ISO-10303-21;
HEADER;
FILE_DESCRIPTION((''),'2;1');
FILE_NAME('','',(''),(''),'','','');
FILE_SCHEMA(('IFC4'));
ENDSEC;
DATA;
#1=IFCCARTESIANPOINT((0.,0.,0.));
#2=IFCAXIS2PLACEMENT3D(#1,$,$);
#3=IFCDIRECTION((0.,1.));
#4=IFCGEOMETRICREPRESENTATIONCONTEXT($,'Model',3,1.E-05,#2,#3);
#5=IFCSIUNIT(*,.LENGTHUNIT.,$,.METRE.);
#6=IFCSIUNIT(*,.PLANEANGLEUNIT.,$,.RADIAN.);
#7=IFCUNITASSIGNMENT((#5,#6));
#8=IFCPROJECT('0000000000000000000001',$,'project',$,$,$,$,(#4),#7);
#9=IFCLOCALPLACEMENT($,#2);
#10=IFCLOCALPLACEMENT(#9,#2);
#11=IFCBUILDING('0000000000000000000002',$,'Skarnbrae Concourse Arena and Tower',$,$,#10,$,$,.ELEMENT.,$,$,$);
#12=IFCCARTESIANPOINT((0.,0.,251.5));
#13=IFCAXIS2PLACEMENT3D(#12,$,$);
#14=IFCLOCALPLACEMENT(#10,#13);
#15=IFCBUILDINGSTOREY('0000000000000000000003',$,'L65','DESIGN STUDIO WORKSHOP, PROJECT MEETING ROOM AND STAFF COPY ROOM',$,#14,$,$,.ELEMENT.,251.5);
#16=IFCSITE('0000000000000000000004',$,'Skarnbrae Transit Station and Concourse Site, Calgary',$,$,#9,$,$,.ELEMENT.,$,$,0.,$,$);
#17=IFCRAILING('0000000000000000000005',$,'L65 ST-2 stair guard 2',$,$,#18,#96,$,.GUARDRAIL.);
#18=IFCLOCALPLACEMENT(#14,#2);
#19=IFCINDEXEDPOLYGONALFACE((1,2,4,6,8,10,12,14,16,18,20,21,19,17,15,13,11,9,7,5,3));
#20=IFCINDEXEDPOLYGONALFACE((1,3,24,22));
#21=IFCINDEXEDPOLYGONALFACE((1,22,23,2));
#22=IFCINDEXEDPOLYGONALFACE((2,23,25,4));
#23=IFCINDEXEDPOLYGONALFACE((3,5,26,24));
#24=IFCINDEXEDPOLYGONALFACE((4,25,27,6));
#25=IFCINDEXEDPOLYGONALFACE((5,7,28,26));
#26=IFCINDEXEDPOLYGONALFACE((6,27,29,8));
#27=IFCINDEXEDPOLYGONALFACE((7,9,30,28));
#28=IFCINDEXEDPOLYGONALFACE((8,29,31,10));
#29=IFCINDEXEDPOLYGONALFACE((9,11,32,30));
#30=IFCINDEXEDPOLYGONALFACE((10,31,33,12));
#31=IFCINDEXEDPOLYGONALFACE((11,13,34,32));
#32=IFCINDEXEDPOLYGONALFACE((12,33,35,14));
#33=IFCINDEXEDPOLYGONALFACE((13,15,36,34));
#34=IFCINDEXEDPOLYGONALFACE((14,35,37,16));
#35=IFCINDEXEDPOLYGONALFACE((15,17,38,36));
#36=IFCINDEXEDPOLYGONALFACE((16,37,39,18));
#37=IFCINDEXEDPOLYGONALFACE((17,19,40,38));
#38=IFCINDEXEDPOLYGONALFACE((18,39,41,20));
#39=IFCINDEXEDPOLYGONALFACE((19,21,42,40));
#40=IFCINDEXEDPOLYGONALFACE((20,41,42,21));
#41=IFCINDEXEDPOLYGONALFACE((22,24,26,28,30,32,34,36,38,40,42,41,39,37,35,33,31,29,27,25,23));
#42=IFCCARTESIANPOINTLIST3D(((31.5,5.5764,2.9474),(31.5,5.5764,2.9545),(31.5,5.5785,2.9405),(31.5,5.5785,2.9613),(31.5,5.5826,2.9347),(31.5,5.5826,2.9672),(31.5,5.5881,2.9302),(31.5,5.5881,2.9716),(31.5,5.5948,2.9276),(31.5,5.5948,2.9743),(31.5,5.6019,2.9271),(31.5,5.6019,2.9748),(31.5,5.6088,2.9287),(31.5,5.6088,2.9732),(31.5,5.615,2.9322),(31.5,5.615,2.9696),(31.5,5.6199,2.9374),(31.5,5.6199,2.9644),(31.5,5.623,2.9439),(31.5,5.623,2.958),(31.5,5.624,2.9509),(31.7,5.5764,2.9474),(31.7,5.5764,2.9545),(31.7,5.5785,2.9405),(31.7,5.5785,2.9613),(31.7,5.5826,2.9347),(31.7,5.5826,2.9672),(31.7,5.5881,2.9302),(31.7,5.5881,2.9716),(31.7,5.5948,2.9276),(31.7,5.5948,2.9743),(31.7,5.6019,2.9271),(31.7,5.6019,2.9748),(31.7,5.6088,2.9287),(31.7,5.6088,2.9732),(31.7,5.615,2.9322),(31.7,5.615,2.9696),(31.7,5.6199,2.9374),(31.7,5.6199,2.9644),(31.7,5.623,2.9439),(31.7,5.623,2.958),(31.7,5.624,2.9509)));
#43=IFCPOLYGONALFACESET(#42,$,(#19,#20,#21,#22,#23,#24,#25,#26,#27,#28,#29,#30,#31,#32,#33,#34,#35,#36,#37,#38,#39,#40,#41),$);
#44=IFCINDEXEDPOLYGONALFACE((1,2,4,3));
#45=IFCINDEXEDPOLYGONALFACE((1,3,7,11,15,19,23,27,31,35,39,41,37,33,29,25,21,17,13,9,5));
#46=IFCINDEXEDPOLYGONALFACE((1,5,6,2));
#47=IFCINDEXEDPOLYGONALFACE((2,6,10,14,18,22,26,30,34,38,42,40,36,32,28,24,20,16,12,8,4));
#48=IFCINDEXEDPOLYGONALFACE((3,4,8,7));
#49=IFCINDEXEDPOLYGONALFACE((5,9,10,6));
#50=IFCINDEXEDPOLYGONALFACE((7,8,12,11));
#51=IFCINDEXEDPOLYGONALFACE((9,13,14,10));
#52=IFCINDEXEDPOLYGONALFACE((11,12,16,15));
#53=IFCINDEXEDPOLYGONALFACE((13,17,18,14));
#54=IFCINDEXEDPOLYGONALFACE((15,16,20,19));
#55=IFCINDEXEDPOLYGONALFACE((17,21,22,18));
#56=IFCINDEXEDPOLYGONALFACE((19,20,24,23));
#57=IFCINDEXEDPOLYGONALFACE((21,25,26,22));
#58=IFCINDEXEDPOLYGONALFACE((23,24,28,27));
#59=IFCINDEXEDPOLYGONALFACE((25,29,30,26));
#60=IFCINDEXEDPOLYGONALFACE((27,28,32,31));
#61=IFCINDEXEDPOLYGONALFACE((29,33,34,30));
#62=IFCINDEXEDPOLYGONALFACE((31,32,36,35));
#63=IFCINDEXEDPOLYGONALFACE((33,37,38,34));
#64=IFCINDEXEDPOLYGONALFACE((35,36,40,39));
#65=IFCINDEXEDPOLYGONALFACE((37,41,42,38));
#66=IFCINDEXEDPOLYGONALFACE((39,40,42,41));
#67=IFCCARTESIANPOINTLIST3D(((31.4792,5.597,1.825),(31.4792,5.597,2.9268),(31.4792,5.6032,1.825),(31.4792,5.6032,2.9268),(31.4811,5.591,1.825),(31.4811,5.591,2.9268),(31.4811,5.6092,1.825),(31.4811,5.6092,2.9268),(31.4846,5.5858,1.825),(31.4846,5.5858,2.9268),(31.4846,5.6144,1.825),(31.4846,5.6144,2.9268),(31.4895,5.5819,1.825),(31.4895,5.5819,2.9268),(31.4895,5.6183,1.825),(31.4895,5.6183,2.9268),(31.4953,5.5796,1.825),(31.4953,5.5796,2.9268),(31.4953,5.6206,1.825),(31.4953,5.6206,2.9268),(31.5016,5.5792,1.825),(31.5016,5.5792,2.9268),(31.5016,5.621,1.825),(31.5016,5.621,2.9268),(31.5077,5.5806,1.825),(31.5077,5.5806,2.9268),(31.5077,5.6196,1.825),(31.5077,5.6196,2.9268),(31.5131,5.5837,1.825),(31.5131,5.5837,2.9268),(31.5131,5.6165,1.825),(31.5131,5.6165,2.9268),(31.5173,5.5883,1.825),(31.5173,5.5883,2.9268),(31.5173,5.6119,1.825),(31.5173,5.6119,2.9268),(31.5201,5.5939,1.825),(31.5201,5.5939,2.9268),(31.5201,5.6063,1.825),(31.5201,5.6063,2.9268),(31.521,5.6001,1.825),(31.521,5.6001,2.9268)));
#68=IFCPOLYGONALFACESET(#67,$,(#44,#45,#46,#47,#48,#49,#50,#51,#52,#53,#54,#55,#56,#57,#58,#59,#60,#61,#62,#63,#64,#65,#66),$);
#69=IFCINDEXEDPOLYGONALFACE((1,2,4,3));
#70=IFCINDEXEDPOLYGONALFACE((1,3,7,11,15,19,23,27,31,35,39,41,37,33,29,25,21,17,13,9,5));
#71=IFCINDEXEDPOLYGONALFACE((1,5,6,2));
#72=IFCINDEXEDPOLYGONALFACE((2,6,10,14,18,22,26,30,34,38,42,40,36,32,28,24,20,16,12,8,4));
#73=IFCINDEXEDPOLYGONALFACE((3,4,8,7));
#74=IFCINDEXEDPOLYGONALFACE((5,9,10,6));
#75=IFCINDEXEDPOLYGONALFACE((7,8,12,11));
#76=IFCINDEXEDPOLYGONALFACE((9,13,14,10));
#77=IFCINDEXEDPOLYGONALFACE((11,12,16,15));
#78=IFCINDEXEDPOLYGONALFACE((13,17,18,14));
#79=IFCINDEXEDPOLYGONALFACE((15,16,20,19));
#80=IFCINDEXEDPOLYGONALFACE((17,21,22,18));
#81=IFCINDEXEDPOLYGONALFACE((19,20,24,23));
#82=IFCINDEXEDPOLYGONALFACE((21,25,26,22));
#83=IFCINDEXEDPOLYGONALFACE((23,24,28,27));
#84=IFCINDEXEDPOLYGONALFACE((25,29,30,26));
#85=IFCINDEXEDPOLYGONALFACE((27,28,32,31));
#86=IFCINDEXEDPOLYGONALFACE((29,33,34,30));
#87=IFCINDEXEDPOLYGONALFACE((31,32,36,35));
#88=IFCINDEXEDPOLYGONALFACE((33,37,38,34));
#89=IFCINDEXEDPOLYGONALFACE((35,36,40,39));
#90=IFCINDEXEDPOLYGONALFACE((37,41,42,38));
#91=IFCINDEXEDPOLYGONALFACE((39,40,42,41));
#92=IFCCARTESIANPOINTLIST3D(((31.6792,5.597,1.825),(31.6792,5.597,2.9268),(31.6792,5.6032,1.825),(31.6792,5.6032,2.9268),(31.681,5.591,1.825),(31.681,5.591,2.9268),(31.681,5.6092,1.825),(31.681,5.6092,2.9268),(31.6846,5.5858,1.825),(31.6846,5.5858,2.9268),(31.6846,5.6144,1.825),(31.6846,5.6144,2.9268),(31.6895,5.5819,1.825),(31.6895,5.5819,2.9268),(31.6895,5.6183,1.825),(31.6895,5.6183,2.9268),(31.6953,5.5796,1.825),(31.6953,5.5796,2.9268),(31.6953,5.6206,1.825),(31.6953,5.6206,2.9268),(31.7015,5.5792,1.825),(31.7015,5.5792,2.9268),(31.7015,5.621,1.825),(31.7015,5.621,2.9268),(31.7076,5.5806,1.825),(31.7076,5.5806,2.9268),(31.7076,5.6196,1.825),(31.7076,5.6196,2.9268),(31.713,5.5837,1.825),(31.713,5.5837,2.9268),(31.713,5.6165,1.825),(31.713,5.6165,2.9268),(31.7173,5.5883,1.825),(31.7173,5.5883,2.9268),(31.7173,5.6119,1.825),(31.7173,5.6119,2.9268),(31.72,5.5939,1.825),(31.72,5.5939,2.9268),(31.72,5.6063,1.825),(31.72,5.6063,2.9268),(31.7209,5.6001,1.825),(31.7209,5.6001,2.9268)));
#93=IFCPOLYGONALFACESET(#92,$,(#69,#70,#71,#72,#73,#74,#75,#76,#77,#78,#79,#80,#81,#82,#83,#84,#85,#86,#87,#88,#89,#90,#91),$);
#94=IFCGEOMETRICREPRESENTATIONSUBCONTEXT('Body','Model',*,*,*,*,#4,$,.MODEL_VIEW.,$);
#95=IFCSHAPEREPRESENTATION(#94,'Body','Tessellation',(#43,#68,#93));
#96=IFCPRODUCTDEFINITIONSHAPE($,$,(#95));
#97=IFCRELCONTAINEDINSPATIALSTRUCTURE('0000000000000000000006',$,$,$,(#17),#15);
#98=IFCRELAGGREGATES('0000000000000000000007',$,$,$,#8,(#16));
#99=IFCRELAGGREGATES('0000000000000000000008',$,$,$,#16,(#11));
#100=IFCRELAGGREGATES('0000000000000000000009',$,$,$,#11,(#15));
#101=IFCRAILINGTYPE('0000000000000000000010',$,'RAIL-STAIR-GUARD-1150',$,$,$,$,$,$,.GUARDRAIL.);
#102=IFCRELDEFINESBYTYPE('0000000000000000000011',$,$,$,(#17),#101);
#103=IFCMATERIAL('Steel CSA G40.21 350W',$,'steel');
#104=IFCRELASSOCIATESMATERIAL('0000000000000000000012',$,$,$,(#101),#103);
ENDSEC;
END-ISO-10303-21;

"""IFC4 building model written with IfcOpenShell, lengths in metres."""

from ifc_helpers import new_model, si_unit, direction, frame, origin, origin_2d, place, context, subcontext, project, spatial, circle, extrude, material, type_object, element, save


model = new_model("IFC4")

# Units and contexts
model_context = context("Model", 3, precision=1e-05, world=origin(), true_north=direction((0.0, 1.0)))
body_context = subcontext(model_context, "Body", "Model", "MODEL_VIEW")
ifc_project = project(units=[si_unit("LENGTHUNIT", "METRE"), si_unit("PLANEANGLEUNIT", "RADIAN")], contexts=[model_context])

# Site, building, storey
site_placement = place(None, origin())
site = spatial("IfcSite", under=ifc_project, at=site_placement, Name="Skarnbrae Transit Station and Concourse Site, Calgary", CompositionType="ELEMENT", RefElevation=0.0)
building_placement = place(site_placement, origin())
building = spatial("IfcBuilding", under=site, at=building_placement, Name="Skarnbrae Concourse Arena and Tower", CompositionType="ELEMENT")
storey_placement = place(building_placement, frame((0.0, 0.0, 251.5)))
storey = spatial("IfcBuildingStorey", under=building, at=storey_placement, Name="L65", Description="DESIGN STUDIO WORKSHOP, PROJECT MEETING ROOM AND STAFF COPY ROOM", CompositionType="ELEMENT", Elevation=251.5)

# Shared definitions
ifc_material_1 = material(Name="Steel CSA G40.21 350W", Category="steel")

# Railing
railing_type_1 = type_object("IfcRailingType", Name="RAIL-STAIR-GUARD-1150", PredefinedType="GUARDRAIL", material=ifc_material_1)
railing_1_placement = place(storey_placement, frame((31.5, 5.6001, 1.825)))
element("IfcRailing", 1, at=railing_1_placement, inside=storey, type_object=railing_type_1, Name="L65 ST-2 stair guard 2", PredefinedType="GUARDRAIL", context=body_context, shape_type="SweptSolid", body=[
    extrude(circle(Radius=0.0239, at=origin_2d()), frame((0.0, 0.0, 1.126), z_axis=(1.0, 0.0, 0.0), x_axis=(0.0, 1.0, 0.0)), (0.0, 0.0, 1.0), 0.2),
    extrude(circle(Radius=0.021, at=origin_2d()), origin(), (0.0, 0.0, 1.0), 1.1018),
    extrude(circle(Radius=0.021, at=origin_2d()), frame((0.2, 0.0, 0.0)), (0.0, 0.0, 1.0), 1.1018),
])

save(model, "model.ifc")
